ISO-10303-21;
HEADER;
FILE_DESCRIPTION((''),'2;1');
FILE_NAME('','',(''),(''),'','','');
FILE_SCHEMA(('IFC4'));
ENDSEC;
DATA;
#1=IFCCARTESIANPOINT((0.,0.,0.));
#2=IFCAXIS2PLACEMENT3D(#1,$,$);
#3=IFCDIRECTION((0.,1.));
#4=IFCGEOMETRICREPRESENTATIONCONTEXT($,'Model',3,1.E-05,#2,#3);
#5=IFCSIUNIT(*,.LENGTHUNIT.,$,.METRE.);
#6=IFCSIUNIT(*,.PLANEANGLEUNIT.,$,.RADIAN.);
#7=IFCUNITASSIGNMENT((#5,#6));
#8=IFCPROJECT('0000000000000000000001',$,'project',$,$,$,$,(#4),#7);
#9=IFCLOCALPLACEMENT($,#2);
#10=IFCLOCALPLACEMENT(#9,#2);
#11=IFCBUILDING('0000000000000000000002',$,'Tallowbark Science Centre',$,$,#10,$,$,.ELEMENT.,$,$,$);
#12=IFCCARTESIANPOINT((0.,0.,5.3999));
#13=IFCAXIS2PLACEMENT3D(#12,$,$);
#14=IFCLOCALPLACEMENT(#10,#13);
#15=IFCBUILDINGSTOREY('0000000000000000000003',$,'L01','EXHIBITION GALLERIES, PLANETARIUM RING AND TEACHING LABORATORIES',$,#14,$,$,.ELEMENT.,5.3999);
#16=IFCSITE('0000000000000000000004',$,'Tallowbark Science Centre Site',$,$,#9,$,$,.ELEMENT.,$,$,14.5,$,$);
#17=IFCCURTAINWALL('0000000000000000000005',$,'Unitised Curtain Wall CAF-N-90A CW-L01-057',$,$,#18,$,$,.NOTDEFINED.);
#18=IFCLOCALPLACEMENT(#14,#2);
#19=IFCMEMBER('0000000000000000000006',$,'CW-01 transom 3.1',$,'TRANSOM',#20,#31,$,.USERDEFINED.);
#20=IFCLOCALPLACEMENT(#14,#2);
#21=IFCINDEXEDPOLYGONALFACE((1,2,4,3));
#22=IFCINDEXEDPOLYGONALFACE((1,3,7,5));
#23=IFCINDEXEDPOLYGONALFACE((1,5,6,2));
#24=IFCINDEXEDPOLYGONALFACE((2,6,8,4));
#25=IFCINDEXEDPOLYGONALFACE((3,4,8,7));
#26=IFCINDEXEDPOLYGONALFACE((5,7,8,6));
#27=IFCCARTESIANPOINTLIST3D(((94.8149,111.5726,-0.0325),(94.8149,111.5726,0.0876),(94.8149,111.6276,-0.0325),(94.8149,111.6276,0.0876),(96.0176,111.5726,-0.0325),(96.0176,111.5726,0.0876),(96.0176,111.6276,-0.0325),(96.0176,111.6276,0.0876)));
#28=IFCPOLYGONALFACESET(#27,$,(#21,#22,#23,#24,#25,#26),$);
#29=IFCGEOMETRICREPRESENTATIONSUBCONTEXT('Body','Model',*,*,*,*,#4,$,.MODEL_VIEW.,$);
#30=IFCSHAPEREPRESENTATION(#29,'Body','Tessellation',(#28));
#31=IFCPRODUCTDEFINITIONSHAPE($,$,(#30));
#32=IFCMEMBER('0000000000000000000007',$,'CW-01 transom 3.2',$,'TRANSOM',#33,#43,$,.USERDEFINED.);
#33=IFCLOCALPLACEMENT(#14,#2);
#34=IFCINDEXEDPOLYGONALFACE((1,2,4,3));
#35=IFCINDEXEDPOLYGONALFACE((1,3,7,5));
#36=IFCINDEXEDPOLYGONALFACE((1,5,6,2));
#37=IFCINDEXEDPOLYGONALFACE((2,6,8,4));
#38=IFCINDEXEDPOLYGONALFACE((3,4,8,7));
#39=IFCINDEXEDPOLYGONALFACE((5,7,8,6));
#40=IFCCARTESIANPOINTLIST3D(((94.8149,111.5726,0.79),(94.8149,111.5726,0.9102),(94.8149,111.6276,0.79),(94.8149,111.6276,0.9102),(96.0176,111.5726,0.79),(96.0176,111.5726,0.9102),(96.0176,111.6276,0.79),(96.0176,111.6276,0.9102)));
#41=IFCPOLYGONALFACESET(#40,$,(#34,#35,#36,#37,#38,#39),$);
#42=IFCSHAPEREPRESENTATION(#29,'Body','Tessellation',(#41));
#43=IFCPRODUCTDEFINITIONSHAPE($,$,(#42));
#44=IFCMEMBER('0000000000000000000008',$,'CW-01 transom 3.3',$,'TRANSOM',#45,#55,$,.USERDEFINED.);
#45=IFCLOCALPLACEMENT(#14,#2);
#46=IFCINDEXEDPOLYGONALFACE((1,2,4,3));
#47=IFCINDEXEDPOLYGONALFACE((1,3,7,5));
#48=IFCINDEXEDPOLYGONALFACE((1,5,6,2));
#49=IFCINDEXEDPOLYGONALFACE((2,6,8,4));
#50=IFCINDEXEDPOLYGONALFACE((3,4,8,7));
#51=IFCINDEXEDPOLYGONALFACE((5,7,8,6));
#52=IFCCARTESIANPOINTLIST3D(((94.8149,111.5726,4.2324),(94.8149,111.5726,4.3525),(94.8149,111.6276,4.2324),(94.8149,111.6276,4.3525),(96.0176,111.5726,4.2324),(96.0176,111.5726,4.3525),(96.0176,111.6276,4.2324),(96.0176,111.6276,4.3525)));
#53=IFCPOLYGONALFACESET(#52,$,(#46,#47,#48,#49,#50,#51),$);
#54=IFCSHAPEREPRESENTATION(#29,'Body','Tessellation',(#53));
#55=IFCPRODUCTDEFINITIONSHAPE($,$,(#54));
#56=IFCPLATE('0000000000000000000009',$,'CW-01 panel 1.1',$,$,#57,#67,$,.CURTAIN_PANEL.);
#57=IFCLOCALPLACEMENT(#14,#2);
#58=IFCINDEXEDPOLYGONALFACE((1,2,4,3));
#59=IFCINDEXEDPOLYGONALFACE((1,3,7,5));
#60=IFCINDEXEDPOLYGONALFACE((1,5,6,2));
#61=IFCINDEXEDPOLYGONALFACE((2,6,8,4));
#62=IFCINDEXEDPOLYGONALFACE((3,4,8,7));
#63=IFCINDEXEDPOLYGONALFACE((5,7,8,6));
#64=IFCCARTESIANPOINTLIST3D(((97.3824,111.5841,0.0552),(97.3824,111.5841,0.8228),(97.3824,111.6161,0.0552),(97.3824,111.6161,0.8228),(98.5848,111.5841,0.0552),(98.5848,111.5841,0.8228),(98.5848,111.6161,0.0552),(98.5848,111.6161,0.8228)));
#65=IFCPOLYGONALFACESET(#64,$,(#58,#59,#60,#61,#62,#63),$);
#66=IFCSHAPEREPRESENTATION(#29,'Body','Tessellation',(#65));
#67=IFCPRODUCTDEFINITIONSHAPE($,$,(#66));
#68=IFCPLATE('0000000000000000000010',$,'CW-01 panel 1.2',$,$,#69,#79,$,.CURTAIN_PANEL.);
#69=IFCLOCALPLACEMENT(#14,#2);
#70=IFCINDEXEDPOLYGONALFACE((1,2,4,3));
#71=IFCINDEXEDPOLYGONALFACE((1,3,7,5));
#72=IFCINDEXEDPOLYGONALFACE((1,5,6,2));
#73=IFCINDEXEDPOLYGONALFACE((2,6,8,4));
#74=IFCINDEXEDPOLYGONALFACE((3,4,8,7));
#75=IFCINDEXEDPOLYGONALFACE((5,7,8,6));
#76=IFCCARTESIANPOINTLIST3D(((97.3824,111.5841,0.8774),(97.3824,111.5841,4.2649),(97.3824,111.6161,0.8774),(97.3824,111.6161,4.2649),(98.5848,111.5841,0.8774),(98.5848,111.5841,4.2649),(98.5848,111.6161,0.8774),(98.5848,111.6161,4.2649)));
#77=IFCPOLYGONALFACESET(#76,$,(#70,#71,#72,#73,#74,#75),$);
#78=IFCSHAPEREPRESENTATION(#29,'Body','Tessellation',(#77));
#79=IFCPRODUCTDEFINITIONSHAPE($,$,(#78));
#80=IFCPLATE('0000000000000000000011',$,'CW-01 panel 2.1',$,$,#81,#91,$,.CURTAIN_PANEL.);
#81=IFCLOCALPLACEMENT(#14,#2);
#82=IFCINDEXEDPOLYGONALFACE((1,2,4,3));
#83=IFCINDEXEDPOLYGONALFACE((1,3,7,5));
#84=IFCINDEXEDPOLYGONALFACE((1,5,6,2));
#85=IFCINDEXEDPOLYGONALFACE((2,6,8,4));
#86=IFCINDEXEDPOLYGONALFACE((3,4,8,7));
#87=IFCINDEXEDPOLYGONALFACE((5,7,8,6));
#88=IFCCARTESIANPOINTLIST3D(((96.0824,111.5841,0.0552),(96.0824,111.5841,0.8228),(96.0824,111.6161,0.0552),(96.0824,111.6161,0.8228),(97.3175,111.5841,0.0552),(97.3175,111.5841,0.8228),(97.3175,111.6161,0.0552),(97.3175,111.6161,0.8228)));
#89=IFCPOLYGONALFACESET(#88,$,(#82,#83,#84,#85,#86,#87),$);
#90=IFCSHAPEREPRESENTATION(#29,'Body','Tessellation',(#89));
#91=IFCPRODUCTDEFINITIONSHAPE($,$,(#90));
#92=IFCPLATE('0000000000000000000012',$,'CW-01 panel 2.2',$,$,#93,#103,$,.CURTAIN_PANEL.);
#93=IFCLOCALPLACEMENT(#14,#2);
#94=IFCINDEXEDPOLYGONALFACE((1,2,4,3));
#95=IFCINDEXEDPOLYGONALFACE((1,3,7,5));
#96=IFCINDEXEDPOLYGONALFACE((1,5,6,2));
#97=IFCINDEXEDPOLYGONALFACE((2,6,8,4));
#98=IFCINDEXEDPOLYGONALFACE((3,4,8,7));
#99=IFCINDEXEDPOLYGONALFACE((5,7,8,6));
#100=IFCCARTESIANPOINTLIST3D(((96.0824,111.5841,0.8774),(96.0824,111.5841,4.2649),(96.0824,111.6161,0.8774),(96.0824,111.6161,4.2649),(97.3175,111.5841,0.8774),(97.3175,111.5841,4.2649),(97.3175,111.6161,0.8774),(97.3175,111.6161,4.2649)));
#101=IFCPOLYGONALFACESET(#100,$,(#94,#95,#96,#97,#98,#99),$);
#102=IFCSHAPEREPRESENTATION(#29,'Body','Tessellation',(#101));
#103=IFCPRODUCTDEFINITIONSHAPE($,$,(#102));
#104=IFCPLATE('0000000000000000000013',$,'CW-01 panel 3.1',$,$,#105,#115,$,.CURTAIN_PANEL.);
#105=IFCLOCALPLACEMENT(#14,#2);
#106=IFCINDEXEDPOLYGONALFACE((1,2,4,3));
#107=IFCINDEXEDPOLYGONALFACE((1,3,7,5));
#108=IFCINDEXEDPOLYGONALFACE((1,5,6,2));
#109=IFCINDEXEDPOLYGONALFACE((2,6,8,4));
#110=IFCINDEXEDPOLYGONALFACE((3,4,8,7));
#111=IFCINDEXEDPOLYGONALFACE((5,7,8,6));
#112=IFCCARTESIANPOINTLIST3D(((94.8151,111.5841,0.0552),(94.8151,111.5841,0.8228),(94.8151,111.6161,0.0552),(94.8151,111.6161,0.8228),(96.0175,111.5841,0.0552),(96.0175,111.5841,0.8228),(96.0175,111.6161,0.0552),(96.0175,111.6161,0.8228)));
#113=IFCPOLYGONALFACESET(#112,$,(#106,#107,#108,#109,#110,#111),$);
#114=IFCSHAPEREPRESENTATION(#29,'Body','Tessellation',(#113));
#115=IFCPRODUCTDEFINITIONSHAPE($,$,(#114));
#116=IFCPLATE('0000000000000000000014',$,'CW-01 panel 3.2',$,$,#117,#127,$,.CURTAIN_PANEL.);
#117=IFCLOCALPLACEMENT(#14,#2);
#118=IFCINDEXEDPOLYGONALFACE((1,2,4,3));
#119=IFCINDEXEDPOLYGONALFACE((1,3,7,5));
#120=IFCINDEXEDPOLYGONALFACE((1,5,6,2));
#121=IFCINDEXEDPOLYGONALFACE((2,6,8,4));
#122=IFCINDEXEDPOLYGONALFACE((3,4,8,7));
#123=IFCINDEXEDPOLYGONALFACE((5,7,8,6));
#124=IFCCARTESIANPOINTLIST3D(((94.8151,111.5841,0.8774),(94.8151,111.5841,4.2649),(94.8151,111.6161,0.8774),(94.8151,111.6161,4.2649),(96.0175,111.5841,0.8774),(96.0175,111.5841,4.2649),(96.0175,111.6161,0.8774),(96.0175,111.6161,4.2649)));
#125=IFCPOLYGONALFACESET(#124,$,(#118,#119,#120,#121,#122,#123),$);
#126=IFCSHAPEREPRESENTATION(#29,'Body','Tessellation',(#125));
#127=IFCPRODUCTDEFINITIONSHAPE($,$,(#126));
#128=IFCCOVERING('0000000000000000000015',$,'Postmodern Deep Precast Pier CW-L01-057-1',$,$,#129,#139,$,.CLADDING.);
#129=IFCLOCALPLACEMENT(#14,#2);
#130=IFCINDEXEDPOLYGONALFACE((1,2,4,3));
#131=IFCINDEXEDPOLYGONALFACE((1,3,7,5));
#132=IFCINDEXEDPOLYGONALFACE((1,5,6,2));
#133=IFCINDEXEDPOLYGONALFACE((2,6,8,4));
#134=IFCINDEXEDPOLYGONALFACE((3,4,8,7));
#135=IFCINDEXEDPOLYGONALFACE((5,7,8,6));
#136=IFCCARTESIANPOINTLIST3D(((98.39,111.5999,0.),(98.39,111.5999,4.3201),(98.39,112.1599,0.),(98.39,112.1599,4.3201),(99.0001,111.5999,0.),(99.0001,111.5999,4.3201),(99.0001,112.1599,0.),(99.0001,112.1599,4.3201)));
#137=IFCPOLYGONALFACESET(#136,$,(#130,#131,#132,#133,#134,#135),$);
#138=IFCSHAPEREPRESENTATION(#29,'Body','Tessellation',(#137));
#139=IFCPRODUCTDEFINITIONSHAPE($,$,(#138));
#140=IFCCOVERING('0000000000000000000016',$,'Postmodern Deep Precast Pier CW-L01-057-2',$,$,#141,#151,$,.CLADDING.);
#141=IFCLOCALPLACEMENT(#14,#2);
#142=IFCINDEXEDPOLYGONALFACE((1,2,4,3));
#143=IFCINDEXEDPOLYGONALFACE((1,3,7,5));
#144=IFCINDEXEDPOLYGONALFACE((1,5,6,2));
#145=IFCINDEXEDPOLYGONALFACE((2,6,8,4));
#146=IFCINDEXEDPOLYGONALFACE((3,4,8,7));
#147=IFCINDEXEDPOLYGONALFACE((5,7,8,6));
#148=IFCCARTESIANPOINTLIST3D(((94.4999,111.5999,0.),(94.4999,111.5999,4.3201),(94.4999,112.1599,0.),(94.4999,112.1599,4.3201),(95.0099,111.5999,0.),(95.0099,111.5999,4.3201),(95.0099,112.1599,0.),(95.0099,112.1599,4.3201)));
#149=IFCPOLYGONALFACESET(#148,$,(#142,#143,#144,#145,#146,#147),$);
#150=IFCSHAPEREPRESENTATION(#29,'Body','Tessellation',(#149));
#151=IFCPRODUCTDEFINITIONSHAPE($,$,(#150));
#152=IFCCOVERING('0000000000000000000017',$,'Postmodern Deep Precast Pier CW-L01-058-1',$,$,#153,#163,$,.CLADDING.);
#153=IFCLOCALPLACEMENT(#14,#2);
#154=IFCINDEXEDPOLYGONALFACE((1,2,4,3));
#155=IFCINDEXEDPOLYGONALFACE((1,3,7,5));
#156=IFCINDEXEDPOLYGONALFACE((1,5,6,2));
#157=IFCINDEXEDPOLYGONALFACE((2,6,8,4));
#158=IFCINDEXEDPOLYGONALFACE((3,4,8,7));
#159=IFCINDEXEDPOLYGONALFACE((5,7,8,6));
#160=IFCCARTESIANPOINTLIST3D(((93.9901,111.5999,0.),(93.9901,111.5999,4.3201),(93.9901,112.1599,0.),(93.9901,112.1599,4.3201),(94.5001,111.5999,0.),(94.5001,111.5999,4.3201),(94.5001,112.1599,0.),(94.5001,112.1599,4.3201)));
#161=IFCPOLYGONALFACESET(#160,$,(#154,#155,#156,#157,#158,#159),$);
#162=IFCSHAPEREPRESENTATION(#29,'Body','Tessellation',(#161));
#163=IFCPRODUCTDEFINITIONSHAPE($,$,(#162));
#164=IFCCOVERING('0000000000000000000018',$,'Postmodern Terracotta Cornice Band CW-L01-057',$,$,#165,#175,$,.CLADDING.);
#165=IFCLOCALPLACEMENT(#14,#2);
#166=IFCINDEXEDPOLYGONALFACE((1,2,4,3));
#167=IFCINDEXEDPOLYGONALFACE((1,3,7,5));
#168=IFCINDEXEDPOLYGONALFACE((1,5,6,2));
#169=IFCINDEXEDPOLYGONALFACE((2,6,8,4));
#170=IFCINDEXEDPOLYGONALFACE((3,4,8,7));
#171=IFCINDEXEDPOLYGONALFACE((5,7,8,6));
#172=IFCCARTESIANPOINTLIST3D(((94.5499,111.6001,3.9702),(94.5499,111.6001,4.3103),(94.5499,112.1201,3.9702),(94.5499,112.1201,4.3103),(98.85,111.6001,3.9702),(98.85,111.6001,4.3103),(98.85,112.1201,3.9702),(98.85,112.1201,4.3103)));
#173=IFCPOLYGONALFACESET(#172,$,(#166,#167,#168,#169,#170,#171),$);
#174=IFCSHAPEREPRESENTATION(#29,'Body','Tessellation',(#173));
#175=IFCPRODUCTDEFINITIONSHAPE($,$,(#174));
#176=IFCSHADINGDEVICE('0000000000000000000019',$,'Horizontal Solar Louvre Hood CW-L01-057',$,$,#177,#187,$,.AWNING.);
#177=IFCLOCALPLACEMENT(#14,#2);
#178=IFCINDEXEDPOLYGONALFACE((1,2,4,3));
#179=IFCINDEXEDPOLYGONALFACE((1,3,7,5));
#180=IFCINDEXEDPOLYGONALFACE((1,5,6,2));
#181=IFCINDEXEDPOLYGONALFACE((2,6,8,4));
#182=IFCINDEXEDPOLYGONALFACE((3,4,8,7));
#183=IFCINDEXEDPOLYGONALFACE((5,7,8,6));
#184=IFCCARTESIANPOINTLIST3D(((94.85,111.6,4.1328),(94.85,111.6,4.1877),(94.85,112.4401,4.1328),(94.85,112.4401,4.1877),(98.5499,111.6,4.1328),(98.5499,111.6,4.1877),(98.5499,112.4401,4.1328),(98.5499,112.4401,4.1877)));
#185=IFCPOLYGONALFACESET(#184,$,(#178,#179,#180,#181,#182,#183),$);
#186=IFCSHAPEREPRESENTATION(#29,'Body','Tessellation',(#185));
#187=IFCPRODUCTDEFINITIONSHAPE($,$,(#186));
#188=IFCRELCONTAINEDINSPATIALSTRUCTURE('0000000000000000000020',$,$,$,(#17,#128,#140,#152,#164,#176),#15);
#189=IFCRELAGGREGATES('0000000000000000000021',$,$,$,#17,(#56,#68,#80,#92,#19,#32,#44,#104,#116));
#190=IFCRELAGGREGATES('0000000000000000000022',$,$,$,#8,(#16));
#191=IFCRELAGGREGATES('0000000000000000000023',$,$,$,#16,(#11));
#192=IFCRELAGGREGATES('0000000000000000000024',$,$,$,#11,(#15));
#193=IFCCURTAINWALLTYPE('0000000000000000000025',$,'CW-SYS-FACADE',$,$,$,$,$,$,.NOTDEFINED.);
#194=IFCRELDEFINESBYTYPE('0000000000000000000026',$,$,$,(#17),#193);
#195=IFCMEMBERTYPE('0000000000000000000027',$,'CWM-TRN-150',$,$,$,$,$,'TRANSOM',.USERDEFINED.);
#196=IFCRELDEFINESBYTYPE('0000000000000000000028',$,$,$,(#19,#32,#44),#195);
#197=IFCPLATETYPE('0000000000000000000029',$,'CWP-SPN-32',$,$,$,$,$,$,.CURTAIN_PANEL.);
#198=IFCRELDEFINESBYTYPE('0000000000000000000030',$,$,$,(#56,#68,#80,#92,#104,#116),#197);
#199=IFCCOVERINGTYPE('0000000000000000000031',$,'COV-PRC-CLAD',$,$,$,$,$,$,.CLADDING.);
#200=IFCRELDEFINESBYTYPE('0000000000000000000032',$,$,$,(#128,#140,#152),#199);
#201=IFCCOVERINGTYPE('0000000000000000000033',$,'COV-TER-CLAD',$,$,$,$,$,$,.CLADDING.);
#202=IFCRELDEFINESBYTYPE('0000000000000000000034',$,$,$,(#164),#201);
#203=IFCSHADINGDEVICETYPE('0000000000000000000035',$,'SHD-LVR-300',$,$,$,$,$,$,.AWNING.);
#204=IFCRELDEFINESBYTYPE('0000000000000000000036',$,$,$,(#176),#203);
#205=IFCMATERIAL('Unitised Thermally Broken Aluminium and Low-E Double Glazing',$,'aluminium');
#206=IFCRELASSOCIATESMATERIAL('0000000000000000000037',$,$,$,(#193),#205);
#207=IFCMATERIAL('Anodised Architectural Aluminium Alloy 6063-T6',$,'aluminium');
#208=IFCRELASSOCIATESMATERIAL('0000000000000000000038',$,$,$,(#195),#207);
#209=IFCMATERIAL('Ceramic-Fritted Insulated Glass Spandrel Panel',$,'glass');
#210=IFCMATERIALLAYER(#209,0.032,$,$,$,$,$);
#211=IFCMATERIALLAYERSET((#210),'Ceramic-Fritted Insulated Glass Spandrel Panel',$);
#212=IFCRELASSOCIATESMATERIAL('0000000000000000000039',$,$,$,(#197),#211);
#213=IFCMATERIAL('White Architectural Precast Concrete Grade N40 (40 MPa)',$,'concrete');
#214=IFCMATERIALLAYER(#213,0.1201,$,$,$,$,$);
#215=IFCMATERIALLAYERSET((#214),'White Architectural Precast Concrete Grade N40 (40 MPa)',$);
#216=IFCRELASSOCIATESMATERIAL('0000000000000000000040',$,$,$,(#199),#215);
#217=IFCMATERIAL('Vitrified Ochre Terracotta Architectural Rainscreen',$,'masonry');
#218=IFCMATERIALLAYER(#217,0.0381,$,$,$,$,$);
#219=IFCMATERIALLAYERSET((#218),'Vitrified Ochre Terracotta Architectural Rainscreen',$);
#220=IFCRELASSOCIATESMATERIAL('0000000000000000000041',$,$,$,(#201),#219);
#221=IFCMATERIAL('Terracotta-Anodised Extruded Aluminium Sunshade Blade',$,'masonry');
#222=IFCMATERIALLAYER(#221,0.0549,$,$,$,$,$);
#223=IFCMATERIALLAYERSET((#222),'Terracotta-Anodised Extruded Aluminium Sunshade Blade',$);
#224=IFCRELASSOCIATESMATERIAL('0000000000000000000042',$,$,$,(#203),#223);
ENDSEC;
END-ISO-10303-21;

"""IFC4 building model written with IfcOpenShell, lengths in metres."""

from ifc_helpers import new_model, si_unit, direction, frame, origin, origin_2d, place, context, subcontext, project, spatial, rectangle, extrude, material, layer, layer_set, material_profile, profile_set, type_object, element, aggregate, save


model = new_model("IFC4")

# Units and contexts
model_context = context("Model", 3, precision=1e-05, world=origin(), true_north=direction((0.0, 1.0)))
body_context = subcontext(model_context, "Body", "Model", "MODEL_VIEW")
ifc_project = project(units=[si_unit("LENGTHUNIT", "METRE"), si_unit("PLANEANGLEUNIT", "RADIAN")], contexts=[model_context])

# Site, building, storey
site_placement = place(None, origin())
site = spatial("IfcSite", under=ifc_project, at=site_placement, Name="Tallowbark Science Centre Site", CompositionType="ELEMENT", RefElevation=14.5)
building_placement = place(site_placement, origin())
building = spatial("IfcBuilding", under=site, at=building_placement, Name="Tallowbark Science Centre", CompositionType="ELEMENT")
storey_placement = place(building_placement, frame((0.0, 0.0, 5.3999)))
storey = spatial("IfcBuildingStorey", under=building, at=storey_placement, Name="L01", Description="EXHIBITION GALLERIES, PLANETARIUM RING AND TEACHING LABORATORIES", CompositionType="ELEMENT", Elevation=5.3999)

# Curtain wall
ifc_material_1 = material(Name="Unitised Thermally Broken Aluminium and Low-E Double Glazing", Category="aluminium")
curtain_wall_type = type_object("IfcCurtainWallType", Name="CW-SYS-FACADE", PredefinedType="NOTDEFINED", material=ifc_material_1)
curtain_wall_1_placement = place(storey_placement, origin())
curtain_wall_1 = element("IfcCurtainWall", 1, at=curtain_wall_1_placement, inside=storey, type_object=curtain_wall_type, Name="Unitised Curtain Wall CAF-N-90A CW-L01-057", PredefinedType="NOTDEFINED")
ifc_material_2 = material(Name="Anodised Architectural Aluminium Alloy 6063-T6", Category="aluminium")

# Members
ifc_material_profile_1 = material_profile(ifc_material_2, rectangle(XDim=0.0549, YDim=0.1201, at=origin_2d()), Name="ALU55x120")
ifc_profile_set_1 = profile_set([ifc_material_profile_1], Name="Anodised Architectural Aluminium Alloy 6063-T6")
member_type_1 = type_object("IfcMemberType", Name="CWM-TRN-150", ElementType="TRANSOM", PredefinedType="USERDEFINED", material=ifc_profile_set_1)
member_1_placement = place(storey_placement, frame((96.0176, 111.6001, 0.0276), z_axis=(-1.0, 0.0, 0.0), x_axis=(0.0, -1.0, 0.0)))
member_1 = element("IfcMember", 2, at=member_1_placement, type_object=member_type_1, Name="CW-01 transom 3.1", ObjectType="TRANSOM", PredefinedType="USERDEFINED", context=body_context, shape_type="SweptSolid", body=[
    extrude(rectangle(XDim=0.0549, YDim=0.1201, at=origin_2d()), origin(), (0.0, 0.0, 1.0), 1.2026),
])
member_2_placement = place(storey_placement, frame((96.0176, 111.6001, 0.8501), z_axis=(-1.0, 0.0, 0.0), x_axis=(0.0, -1.0, 0.0)))
member_2 = element("IfcMember", 3, at=member_2_placement, type_object=member_type_1, Name="CW-01 transom 3.2", ObjectType="TRANSOM", PredefinedType="USERDEFINED", context=body_context, shape_type="SweptSolid", body=[
    extrude(rectangle(XDim=0.0549, YDim=0.1201, at=origin_2d()), origin(), (0.0, 0.0, 1.0), 1.2026),
])
member_3_placement = place(storey_placement, frame((96.0176, 111.6001, 4.2925), z_axis=(-1.0, 0.0, 0.0), x_axis=(0.0, -1.0, 0.0)))
member_3 = element("IfcMember", 4, at=member_3_placement, type_object=member_type_1, Name="CW-01 transom 3.3", ObjectType="TRANSOM", PredefinedType="USERDEFINED", context=body_context, shape_type="SweptSolid", body=[
    extrude(rectangle(XDim=0.0549, YDim=0.1201, at=origin_2d()), origin(), (0.0, 0.0, 1.0), 1.2026),
])

# Plates
ifc_material_3 = material(Name="Ceramic-Fritted Insulated Glass Spandrel Panel", Category="glass")
ifc_layer_1 = layer(ifc_material_3, 0.032)
ifc_layer_set_1 = layer_set([ifc_layer_1], Name="Ceramic-Fritted Insulated Glass Spandrel Panel")
plate_type = type_object("IfcPlateType", Name="CWP-SPN-32", PredefinedType="CURTAIN_PANEL", material=ifc_layer_set_1)
plate_1_placement = place(storey_placement, frame((97.9836, 111.6001, 0.0552), z_axis=(0.0, 0.0, 1.0), x_axis=(-1.0, 0.0, 0.0)))
plate_1 = element("IfcPlate", 5, at=plate_1_placement, type_object=plate_type, Name="CW-01 panel 1.1", PredefinedType="CURTAIN_PANEL", context=body_context, shape_type="SweptSolid", body=[
    extrude(rectangle(XDim=1.2024, YDim=0.032, at=origin_2d()), origin(), (0.0, 0.0, 1.0), 0.7676),
])
plate_2_placement = place(storey_placement, frame((97.9836, 111.6001, 0.8774), z_axis=(0.0, 0.0, 1.0), x_axis=(-1.0, 0.0, 0.0)))
plate_2 = element("IfcPlate", 6, at=plate_2_placement, type_object=plate_type, Name="CW-01 panel 1.2", PredefinedType="CURTAIN_PANEL", context=body_context, shape_type="SweptSolid", body=[
    extrude(rectangle(XDim=1.2024, YDim=0.032, at=origin_2d()), origin(), (0.0, 0.0, 1.0), 3.3875),
])
plate_3_placement = place(storey_placement, frame((96.7, 111.6001, 0.0552), z_axis=(0.0, 0.0, 1.0), x_axis=(-1.0, 0.0, 0.0)))
plate_3 = element("IfcPlate", 7, at=plate_3_placement, type_object=plate_type, Name="CW-01 panel 2.1", PredefinedType="CURTAIN_PANEL", context=body_context, shape_type="SweptSolid", body=[
    extrude(rectangle(XDim=1.2351, YDim=0.032, at=origin_2d()), origin(), (0.0, 0.0, 1.0), 0.7676),
])
plate_4_placement = place(storey_placement, frame((96.7, 111.6001, 0.8774), z_axis=(0.0, 0.0, 1.0), x_axis=(-1.0, 0.0, 0.0)))
plate_4 = element("IfcPlate", 8, at=plate_4_placement, type_object=plate_type, Name="CW-01 panel 2.2", PredefinedType="CURTAIN_PANEL", context=body_context, shape_type="SweptSolid", body=[
    extrude(rectangle(XDim=1.2351, YDim=0.032, at=origin_2d()), origin(), (0.0, 0.0, 1.0), 3.3875),
])
plate_5_placement = place(storey_placement, frame((95.4163, 111.6001, 0.0552), z_axis=(0.0, 0.0, 1.0), x_axis=(-1.0, 0.0, 0.0)))
plate_5 = element("IfcPlate", 9, at=plate_5_placement, type_object=plate_type, Name="CW-01 panel 3.1", PredefinedType="CURTAIN_PANEL", context=body_context, shape_type="SweptSolid", body=[
    extrude(rectangle(XDim=1.2024, YDim=0.032, at=origin_2d()), origin(), (0.0, 0.0, 1.0), 0.7676),
])
plate_6_placement = place(storey_placement, frame((95.4163, 111.6001, 0.8774), z_axis=(0.0, 0.0, 1.0), x_axis=(-1.0, 0.0, 0.0)))
plate_6 = element("IfcPlate", 10, at=plate_6_placement, type_object=plate_type, Name="CW-01 panel 3.2", PredefinedType="CURTAIN_PANEL", context=body_context, shape_type="SweptSolid", body=[
    extrude(rectangle(XDim=1.2024, YDim=0.032, at=origin_2d()), origin(), (0.0, 0.0, 1.0), 3.3875),
])
aggregate(curtain_wall_1, [plate_1, plate_2, plate_3, plate_4, member_1, member_2, member_3, plate_5, plate_6])

# Coverings
ifc_material_4 = material(Name="White Architectural Precast Concrete Grade N40 (40 MPa)", Category="concrete")
ifc_layer_2 = layer(ifc_material_4, 0.1201)
ifc_layer_set_2 = layer_set([ifc_layer_2], Name="White Architectural Precast Concrete Grade N40 (40 MPa)")
covering_type_1 = type_object("IfcCoveringType", Name="COV-PRC-CLAD", PredefinedType="CLADDING", material=ifc_layer_set_2)
covering_1_placement = place(storey_placement, frame((98.6951, 111.8799, 0.0), z_axis=(0.0, 0.0, 1.0), x_axis=(-1.0, 0.0, 0.0)))
element("IfcCovering", 11, at=covering_1_placement, inside=storey, type_object=covering_type_1, Name="Postmodern Deep Precast Pier CW-L01-057-1", PredefinedType="CLADDING", context=body_context, shape_type="SweptSolid", body=[
    extrude(rectangle(XDim=0.6101, YDim=0.5601, at=origin_2d()), origin(), (0.0, 0.0, 1.0), 4.3201),
])
for number, where, z_axis, x_axis, name in (
    (12, (94.7549, 111.8799, 0.0), (0.0, 0.0, 1.0), (-1.0, 0.0, 0.0), "Postmodern Deep Precast Pier CW-L01-057-2"),
    (13, (94.2451, 111.8799, 0.0), (0.0, 0.0, 1.0), (-1.0, 0.0, 0.0), "Postmodern Deep Precast Pier CW-L01-058-1"),
):
    element("IfcCovering", number, at=place(storey_placement, frame(where, z_axis=z_axis, x_axis=x_axis)), inside=storey, type_object=covering_type_1, Name=name, PredefinedType="CLADDING", context=body_context, shape_type="SweptSolid", body=[
        extrude(rectangle(XDim=0.51, YDim=0.5601, at=origin_2d()), origin(), (0.0, 0.0, 1.0), 4.3201),
    ])
ifc_material_5 = material(Name="Vitrified Ochre Terracotta Architectural Rainscreen", Category="masonry")
ifc_layer_3 = layer(ifc_material_5, 0.0381)
ifc_layer_set_3 = layer_set([ifc_layer_3], Name="Vitrified Ochre Terracotta Architectural Rainscreen")
covering_type_2 = type_object("IfcCoveringType", Name="COV-TER-CLAD", PredefinedType="CLADDING", material=ifc_layer_set_3)
covering_2_placement = place(storey_placement, frame((96.7, 111.8601, 3.9702), z_axis=(0.0, 0.0, 1.0), x_axis=(-1.0, 0.0, 0.0)))
element("IfcCovering", 14, at=covering_2_placement, inside=storey, type_object=covering_type_2, Name="Postmodern Terracotta Cornice Band CW-L01-057", PredefinedType="CLADDING", context=body_context, shape_type="SweptSolid", body=[
    extrude(rectangle(XDim=4.3, YDim=0.52, at=origin_2d()), origin(), (0.0, 0.0, 1.0), 0.3401),
])

# Shading device
ifc_material_6 = material(Name="Terracotta-Anodised Extruded Aluminium Sunshade Blade", Category="masonry")
ifc_layer_4 = layer(ifc_material_6, 0.0549)
ifc_layer_set_4 = layer_set([ifc_layer_4], Name="Terracotta-Anodised Extruded Aluminium Sunshade Blade")
shading_device_type = type_object("IfcShadingDeviceType", Name="SHD-LVR-300", PredefinedType="AWNING", material=ifc_layer_set_4)
shading_device_placement = place(storey_placement, frame((96.7, 112.02, 4.1328), z_axis=(0.0, 0.0, 1.0), x_axis=(-1.0, 0.0, 0.0)))
element("IfcShadingDevice", 15, at=shading_device_placement, inside=storey, type_object=shading_device_type, Name="Horizontal Solar Louvre Hood CW-L01-057", PredefinedType="AWNING", context=body_context, shape_type="SweptSolid", body=[
    extrude(rectangle(XDim=3.7, YDim=0.8401, at=origin_2d()), origin(), (0.0, 0.0, 1.0), 0.0549),
])

save(model, "model.ifc")
